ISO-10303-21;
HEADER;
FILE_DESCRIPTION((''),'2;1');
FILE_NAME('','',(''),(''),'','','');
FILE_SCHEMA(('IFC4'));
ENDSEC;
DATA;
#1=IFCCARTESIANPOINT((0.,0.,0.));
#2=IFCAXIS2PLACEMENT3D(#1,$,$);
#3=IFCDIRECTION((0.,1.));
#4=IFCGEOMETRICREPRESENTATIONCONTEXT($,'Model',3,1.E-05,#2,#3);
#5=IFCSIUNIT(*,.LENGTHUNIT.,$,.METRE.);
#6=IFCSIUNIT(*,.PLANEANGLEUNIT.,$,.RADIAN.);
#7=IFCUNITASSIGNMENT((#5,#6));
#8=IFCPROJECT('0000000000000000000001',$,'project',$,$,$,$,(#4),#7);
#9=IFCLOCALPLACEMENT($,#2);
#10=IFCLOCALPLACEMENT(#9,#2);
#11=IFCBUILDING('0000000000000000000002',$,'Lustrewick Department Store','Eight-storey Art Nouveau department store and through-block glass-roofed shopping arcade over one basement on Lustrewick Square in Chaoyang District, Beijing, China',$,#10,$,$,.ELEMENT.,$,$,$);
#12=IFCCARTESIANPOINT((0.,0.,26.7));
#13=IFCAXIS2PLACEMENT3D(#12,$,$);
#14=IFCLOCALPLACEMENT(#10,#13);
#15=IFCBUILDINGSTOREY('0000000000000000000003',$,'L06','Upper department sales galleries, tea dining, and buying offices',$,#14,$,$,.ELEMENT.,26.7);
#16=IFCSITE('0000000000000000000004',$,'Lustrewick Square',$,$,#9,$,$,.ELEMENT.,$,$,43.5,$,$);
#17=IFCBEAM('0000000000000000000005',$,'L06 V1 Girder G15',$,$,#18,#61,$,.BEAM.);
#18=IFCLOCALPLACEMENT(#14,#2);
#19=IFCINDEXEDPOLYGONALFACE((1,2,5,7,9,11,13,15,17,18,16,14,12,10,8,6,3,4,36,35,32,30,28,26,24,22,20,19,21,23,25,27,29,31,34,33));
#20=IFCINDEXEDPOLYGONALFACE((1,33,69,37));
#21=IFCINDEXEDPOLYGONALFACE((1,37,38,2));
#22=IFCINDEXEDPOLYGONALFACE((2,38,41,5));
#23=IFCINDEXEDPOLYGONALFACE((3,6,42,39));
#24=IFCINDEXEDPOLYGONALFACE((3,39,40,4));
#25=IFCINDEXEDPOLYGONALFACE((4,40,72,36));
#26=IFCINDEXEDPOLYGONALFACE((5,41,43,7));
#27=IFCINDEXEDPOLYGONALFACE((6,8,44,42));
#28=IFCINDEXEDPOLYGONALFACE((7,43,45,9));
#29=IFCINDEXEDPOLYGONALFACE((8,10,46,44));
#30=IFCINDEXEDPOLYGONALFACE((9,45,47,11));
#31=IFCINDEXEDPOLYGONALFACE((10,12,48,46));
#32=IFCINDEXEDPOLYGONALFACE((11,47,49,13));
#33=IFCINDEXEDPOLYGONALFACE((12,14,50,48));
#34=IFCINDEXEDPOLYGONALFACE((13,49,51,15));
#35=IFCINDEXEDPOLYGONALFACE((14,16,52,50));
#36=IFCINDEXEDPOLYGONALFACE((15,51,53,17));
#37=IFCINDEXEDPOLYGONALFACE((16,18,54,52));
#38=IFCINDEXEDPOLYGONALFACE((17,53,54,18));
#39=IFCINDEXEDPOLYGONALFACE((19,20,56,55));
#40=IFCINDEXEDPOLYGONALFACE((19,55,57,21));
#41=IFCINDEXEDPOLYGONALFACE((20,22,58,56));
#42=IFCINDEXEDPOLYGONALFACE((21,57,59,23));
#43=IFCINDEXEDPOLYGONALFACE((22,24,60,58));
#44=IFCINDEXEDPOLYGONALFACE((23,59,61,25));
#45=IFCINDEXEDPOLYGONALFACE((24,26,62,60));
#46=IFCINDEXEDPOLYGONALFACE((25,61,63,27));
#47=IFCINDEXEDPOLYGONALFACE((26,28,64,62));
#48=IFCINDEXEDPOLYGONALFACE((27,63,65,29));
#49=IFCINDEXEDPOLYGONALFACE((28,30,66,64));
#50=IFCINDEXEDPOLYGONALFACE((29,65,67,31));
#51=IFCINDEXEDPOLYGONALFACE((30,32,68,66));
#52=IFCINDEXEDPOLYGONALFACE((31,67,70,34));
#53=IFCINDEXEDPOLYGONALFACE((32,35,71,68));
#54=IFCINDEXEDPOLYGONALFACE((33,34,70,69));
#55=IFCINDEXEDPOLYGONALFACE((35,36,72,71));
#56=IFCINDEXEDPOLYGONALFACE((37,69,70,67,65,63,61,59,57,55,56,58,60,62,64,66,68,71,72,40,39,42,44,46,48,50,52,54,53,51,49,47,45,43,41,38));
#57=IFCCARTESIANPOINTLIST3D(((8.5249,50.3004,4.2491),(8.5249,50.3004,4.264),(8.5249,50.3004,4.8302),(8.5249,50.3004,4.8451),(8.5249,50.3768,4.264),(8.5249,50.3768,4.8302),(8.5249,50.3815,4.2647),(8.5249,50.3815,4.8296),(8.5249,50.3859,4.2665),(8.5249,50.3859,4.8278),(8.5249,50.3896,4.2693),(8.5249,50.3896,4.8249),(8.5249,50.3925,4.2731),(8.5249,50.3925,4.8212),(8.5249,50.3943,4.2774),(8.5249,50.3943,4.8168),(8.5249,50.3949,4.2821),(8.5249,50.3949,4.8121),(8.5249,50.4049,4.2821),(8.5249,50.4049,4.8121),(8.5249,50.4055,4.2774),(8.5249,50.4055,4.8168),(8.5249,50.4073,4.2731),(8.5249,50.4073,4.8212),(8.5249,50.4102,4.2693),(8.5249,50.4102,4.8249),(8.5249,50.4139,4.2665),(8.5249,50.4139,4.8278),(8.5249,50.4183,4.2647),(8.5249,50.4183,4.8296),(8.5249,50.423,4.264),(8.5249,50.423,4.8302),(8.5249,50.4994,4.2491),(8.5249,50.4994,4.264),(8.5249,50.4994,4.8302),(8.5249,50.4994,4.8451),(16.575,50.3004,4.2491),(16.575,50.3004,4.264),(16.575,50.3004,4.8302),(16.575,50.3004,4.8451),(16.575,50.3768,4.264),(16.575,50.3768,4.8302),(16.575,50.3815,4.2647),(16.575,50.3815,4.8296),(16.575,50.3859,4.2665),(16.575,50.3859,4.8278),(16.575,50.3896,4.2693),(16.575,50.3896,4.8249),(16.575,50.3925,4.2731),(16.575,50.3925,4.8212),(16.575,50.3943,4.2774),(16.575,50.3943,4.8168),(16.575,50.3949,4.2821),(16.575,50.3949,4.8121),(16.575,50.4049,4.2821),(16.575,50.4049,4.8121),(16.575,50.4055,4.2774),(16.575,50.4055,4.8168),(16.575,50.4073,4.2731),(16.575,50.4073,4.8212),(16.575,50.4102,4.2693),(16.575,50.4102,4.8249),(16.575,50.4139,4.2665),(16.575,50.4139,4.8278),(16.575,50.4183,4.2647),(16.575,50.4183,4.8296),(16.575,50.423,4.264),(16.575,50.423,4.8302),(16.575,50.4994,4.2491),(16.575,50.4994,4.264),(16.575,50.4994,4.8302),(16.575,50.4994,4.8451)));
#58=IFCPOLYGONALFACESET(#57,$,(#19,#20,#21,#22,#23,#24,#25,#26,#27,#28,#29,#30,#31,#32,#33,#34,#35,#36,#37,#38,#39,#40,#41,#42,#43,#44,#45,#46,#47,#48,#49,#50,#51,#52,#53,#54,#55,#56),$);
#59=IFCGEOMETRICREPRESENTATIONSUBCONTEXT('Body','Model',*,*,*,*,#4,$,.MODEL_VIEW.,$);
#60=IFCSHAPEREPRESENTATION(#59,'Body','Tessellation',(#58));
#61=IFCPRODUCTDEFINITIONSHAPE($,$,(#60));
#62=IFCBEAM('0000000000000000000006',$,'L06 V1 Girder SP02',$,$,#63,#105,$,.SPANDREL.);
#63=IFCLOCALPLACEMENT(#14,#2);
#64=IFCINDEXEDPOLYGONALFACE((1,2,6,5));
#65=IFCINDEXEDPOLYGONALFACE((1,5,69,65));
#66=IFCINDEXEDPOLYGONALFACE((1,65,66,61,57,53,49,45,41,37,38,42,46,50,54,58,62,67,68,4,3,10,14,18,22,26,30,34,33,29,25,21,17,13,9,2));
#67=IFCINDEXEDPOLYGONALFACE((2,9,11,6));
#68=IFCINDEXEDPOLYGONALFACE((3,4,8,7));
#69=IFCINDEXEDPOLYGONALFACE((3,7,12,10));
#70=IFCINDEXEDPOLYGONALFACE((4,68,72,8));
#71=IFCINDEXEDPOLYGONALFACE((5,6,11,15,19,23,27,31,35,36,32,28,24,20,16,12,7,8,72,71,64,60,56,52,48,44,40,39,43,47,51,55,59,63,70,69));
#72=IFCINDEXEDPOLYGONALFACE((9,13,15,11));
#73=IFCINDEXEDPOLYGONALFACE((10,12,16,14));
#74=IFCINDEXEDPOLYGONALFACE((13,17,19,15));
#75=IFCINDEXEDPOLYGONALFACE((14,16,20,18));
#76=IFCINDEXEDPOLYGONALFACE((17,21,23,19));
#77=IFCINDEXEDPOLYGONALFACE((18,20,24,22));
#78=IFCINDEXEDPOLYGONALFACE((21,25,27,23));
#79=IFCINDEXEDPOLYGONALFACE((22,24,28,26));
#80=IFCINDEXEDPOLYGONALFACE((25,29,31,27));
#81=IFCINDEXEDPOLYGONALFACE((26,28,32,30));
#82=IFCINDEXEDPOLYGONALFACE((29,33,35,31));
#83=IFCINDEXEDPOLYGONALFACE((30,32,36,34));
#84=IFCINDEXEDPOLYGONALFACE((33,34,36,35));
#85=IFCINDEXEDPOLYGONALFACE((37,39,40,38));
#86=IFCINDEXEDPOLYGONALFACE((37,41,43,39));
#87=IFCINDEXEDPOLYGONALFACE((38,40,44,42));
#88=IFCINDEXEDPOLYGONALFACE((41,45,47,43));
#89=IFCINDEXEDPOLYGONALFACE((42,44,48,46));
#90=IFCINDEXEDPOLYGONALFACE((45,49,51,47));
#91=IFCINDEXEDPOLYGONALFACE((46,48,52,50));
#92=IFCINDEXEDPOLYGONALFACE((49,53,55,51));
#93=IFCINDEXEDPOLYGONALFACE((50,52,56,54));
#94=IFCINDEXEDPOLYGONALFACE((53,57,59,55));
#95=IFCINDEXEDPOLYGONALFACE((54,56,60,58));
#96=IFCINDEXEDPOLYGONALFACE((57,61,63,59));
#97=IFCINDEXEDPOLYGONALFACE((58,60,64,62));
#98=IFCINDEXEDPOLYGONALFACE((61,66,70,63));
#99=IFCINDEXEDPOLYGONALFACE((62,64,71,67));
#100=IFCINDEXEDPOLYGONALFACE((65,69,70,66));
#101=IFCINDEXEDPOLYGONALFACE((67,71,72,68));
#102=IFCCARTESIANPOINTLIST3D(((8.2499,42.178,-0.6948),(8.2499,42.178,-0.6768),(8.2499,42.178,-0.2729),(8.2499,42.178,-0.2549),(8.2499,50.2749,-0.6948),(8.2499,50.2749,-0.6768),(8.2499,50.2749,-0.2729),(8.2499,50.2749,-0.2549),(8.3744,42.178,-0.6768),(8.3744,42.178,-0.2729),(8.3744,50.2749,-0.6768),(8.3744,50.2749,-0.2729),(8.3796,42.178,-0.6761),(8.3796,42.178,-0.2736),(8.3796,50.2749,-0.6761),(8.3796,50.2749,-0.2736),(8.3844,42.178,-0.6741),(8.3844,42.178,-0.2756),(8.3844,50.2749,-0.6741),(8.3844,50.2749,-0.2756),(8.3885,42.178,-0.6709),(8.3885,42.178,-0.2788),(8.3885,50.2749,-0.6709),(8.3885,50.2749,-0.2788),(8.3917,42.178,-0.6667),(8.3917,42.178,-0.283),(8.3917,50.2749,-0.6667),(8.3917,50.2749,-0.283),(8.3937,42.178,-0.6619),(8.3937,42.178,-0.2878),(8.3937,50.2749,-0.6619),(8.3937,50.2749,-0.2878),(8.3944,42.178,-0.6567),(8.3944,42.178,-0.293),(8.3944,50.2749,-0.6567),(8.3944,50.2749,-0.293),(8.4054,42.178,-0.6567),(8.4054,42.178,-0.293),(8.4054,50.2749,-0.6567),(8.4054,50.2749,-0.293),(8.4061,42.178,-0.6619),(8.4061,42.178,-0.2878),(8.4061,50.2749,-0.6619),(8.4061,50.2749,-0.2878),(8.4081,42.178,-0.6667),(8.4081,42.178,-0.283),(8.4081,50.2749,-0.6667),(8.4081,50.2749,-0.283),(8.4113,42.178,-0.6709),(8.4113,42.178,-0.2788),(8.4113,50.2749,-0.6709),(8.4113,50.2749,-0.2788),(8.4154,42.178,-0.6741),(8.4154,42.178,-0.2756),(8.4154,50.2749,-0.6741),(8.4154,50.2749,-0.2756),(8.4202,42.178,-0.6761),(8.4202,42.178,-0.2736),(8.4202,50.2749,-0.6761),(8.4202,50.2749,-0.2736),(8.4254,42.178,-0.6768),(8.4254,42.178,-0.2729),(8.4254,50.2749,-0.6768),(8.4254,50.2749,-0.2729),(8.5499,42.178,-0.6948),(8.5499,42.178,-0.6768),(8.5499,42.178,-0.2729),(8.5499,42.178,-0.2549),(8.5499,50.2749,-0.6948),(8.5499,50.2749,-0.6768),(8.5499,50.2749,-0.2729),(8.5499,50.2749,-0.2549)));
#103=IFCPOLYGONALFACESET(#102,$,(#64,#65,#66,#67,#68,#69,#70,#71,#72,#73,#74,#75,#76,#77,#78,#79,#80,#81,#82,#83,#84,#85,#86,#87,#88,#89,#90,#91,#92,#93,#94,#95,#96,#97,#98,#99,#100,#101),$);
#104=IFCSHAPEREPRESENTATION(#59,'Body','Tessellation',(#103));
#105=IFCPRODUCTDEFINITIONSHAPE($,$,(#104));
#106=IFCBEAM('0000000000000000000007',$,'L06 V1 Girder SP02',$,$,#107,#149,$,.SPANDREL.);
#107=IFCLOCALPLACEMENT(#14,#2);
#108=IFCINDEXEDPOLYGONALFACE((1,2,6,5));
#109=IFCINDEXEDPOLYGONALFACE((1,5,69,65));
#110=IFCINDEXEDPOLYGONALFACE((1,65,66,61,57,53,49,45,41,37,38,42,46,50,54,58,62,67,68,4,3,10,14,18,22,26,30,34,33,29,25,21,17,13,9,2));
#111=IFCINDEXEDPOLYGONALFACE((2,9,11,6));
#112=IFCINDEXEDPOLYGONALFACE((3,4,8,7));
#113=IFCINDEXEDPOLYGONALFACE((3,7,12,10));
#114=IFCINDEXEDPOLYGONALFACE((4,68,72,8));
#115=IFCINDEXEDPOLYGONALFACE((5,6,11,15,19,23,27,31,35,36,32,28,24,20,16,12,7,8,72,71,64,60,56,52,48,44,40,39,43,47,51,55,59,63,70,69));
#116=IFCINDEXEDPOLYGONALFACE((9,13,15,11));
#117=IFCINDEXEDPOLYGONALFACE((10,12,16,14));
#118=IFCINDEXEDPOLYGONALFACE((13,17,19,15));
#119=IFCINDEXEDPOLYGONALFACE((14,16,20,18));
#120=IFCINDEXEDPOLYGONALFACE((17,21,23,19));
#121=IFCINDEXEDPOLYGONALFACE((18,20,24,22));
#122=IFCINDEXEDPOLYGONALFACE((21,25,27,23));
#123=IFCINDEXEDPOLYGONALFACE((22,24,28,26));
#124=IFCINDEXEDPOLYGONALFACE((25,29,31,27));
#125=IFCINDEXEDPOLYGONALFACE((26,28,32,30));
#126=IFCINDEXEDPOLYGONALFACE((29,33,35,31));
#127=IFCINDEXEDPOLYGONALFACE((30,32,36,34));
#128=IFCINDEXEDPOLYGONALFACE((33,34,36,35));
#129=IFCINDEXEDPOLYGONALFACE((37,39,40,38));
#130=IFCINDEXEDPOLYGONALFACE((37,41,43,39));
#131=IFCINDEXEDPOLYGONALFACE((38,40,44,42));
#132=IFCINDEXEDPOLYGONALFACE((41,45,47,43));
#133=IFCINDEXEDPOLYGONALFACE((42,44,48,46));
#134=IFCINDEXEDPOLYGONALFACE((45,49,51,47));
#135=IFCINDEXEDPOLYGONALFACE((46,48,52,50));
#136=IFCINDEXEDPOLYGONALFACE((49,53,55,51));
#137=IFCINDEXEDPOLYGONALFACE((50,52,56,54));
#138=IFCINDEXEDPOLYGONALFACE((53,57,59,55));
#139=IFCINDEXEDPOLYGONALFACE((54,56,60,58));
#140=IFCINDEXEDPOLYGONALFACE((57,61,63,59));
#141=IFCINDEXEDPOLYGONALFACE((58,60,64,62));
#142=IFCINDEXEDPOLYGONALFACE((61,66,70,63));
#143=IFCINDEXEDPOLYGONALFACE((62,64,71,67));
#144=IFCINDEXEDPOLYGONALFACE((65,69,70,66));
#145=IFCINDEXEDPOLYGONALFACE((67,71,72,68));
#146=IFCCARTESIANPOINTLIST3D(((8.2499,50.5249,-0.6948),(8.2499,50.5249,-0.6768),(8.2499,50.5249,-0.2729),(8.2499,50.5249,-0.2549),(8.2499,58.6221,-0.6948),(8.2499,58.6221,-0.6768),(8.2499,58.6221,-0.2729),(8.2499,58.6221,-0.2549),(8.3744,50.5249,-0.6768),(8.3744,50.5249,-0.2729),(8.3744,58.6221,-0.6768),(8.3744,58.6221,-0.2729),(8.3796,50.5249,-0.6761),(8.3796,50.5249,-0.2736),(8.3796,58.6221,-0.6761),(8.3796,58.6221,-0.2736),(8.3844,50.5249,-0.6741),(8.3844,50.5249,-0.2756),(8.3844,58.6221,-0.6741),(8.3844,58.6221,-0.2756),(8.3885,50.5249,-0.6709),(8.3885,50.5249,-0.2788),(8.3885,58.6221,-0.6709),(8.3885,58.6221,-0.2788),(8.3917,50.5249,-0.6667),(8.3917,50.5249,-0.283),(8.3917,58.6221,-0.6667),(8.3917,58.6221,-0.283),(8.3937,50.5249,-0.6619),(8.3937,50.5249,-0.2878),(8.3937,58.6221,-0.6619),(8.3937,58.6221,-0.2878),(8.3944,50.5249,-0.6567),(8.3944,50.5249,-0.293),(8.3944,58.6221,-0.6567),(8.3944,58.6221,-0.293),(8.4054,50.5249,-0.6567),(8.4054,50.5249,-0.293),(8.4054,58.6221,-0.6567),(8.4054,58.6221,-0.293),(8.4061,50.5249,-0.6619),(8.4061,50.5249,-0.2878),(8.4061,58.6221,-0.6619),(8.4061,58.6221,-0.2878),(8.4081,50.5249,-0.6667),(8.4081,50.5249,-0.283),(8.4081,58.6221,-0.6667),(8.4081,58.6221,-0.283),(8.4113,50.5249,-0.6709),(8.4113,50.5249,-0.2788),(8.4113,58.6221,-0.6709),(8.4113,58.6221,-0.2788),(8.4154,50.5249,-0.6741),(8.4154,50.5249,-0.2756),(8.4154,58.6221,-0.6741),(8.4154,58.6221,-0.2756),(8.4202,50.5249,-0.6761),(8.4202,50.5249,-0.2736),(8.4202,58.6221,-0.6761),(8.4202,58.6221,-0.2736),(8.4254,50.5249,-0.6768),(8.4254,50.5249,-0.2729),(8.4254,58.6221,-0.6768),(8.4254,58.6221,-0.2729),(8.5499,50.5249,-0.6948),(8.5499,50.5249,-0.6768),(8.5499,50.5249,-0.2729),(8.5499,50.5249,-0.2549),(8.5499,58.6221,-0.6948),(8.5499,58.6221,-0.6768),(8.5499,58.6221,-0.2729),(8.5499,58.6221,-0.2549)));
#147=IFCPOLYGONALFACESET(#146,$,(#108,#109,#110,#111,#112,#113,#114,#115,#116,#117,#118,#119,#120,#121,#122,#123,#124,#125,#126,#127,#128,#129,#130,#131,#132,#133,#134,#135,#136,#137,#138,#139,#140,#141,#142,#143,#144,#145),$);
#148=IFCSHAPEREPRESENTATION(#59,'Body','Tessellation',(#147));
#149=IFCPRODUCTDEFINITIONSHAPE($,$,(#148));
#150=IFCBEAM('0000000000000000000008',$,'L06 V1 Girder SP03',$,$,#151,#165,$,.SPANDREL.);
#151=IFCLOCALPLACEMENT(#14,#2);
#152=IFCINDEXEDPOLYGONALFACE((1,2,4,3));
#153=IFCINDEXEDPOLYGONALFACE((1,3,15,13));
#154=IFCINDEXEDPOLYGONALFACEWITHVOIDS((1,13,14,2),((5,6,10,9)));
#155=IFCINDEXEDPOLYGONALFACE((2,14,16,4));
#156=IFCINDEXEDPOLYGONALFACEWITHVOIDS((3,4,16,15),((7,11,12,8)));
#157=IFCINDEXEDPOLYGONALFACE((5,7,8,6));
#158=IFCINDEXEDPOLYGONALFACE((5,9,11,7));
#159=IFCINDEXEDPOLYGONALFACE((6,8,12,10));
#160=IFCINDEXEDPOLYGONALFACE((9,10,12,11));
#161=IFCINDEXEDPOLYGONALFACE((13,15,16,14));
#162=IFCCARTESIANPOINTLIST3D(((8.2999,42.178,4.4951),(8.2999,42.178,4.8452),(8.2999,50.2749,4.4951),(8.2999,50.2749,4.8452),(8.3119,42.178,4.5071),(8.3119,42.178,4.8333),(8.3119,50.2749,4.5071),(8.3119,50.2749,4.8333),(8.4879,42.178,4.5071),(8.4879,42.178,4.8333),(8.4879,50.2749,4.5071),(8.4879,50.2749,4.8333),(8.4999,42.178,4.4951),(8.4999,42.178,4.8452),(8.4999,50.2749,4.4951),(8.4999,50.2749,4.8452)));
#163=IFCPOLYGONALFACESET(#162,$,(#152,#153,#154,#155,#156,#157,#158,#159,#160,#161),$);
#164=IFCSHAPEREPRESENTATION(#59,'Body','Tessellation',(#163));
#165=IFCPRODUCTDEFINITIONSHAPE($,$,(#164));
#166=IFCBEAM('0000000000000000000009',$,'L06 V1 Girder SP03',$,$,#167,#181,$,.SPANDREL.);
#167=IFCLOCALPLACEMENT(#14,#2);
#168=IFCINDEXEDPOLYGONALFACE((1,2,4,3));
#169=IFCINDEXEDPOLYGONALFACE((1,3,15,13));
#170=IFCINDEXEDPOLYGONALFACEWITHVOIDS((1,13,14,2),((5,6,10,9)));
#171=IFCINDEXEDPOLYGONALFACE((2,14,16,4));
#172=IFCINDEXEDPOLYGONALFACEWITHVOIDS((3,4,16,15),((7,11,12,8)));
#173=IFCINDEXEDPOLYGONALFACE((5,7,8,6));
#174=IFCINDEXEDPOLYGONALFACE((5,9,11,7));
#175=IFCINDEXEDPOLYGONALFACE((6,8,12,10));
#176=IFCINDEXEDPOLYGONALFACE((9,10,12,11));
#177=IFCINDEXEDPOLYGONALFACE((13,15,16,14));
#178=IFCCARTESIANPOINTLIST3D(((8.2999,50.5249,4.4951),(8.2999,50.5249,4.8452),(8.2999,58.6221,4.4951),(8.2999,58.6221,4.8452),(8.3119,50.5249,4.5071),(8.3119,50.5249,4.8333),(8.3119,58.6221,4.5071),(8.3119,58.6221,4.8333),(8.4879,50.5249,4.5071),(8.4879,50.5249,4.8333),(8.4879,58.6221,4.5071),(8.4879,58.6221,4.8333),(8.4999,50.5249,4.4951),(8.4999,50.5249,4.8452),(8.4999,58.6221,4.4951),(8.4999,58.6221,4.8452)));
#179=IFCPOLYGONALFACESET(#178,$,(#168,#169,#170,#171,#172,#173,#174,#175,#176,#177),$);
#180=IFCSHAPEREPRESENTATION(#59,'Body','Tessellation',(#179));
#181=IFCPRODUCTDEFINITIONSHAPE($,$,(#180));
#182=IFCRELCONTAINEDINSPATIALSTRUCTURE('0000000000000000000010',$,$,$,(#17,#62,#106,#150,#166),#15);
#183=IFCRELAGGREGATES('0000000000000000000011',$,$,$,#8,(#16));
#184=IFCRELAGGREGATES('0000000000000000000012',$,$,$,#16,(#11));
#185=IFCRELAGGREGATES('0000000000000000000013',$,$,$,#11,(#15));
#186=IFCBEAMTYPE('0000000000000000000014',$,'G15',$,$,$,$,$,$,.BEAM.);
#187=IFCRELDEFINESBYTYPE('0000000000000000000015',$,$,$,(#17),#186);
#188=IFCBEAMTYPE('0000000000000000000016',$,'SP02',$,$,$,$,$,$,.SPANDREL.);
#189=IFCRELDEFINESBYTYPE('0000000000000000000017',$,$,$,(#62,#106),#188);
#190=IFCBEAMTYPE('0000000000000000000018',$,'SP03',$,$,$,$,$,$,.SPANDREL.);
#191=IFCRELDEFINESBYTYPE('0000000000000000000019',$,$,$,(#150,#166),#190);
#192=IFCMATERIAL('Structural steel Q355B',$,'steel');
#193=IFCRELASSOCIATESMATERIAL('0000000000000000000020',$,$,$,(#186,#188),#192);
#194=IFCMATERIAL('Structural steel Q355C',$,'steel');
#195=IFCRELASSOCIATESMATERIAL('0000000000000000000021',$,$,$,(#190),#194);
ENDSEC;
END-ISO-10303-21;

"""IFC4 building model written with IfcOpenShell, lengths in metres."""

from ifc_helpers import new_model, si_unit, direction, frame, origin, origin_2d, place, context, subcontext, project, spatial, hollow_rectangle, i_section, extrude, material, material_profile, profile_set, type_object, element, save


model = new_model("IFC4")

# Units and contexts
model_context = context("Model", 3, precision=1e-05, world=origin(), true_north=direction((0.0, 1.0)))
body_context = subcontext(model_context, "Body", "Model", "MODEL_VIEW")
ifc_project = project(units=[si_unit("LENGTHUNIT", "METRE"), si_unit("PLANEANGLEUNIT", "RADIAN")], contexts=[model_context])

# Site, building, storey
site_placement = place(None, origin())
site = spatial("IfcSite", under=ifc_project, at=site_placement, Name="Lustrewick Square", CompositionType="ELEMENT", RefElevation=43.5)
building_placement = place(site_placement, origin())
building = spatial("IfcBuilding", under=site, at=building_placement, Name="Lustrewick Department Store", Description="Eight-storey Art Nouveau department store and through-block glass-roofed shopping arcade over one basement on Lustrewick Square in Chaoyang District, Beijing, China", CompositionType="ELEMENT")
storey_placement = place(building_placement, frame((0.0, 0.0, 26.7)))
storey = spatial("IfcBuildingStorey", under=building, at=storey_placement, Name="L06", Description="Upper department sales galleries, tea dining, and buying offices", CompositionType="ELEMENT", Elevation=26.7)

# Shared definitions
ifc_material_1 = material(Name="Structural steel Q355B", Category="steel")

# Beams
ifc_material_2 = material(Name="Structural steel Q355C", Category="steel")
ifc_material_profile_1 = material_profile(ifc_material_1, i_section(OverallWidth=0.199, OverallDepth=0.5959, WebThickness=0.01, FlangeThickness=0.0149, FilletRadius=0.0181, at=origin_2d()), Name="HN 596x199x10x15")
ifc_profile_set_1 = profile_set([ifc_material_profile_1], Name="Structural steel Q355B")
beam_type_1 = type_object("IfcBeamType", Name="G15", PredefinedType="BEAM", material=ifc_profile_set_1)
beam_1_placement = place(storey_placement, frame((8.5249, 50.3999, 4.5471), z_axis=(1.0, 0.0, 0.0), x_axis=(0.0, 1.0, 0.0)))
element("IfcBeam", 1, at=beam_1_placement, inside=storey, type_object=beam_type_1, Name="L06 V1 Girder G15", PredefinedType="BEAM", context=body_context, shape_type="SweptSolid", body=[
    extrude(i_section(OverallWidth=0.199, OverallDepth=0.5959, WebThickness=0.01, FlangeThickness=0.0149, FilletRadius=0.0181, at=origin_2d()), origin(), (0.0, 0.0, 1.0), 8.05),
])
ifc_material_profile_2 = material_profile(ifc_material_1, i_section(OverallWidth=0.3, OverallDepth=0.4399, WebThickness=0.011, FlangeThickness=0.0181, FilletRadius=0.02, at=origin_2d()), Name="HM 440x300x11x18")
ifc_profile_set_2 = profile_set([ifc_material_profile_2], Name="Structural steel Q355B")
beam_type_2 = type_object("IfcBeamType", Name="SP02", PredefinedType="SPANDREL", material=ifc_profile_set_2)
beam_2_placement = place(storey_placement, frame((8.3999, 42.178, -0.4749), z_axis=(0.0, 1.0, 0.0), x_axis=(-1.0, 0.0, 0.0)))
element("IfcBeam", 2, at=beam_2_placement, inside=storey, type_object=beam_type_2, Name="L06 V1 Girder SP02", PredefinedType="SPANDREL", context=body_context, shape_type="SweptSolid", body=[
    extrude(i_section(OverallWidth=0.3, OverallDepth=0.4399, WebThickness=0.011, FlangeThickness=0.0181, FilletRadius=0.02, at=origin_2d()), origin(), (0.0, 0.0, 1.0), 8.0969),
])
beam_3_placement = place(storey_placement, frame((8.3999, 50.5249, -0.4749), z_axis=(0.0, 1.0, 0.0), x_axis=(-1.0, 0.0, 0.0)))
element("IfcBeam", 3, at=beam_3_placement, inside=storey, type_object=beam_type_2, Name="L06 V1 Girder SP02", PredefinedType="SPANDREL", context=body_context, shape_type="SweptSolid", body=[
    extrude(i_section(OverallWidth=0.3, OverallDepth=0.4399, WebThickness=0.011, FlangeThickness=0.0181, FilletRadius=0.02, at=origin_2d()), origin(), (0.0, 0.0, 1.0), 8.0972),
])
ifc_material_profile_3 = material_profile(ifc_material_2, hollow_rectangle(XDim=0.2, YDim=0.3501, WallThickness=0.012, at=origin_2d()), Name="RHS 350x200x12")
ifc_profile_set_3 = profile_set([ifc_material_profile_3], Name="Structural steel Q355C")
beam_type_3 = type_object("IfcBeamType", Name="SP03", PredefinedType="SPANDREL", material=ifc_profile_set_3)
beam_4_placement = place(storey_placement, frame((8.3999, 42.178, 4.6702), z_axis=(0.0, 1.0, 0.0), x_axis=(-1.0, 0.0, 0.0)))
element("IfcBeam", 4, at=beam_4_placement, inside=storey, type_object=beam_type_3, Name="L06 V1 Girder SP03", PredefinedType="SPANDREL", context=body_context, shape_type="SweptSolid", body=[
    extrude(hollow_rectangle(XDim=0.2, YDim=0.3501, WallThickness=0.012, at=origin_2d()), origin(), (0.0, 0.0, 1.0), 8.0969),
])
beam_5_placement = place(storey_placement, frame((8.3999, 50.5249, 4.6702), z_axis=(0.0, 1.0, 0.0), x_axis=(-1.0, 0.0, 0.0)))
element("IfcBeam", 5, at=beam_5_placement, inside=storey, type_object=beam_type_3, Name="L06 V1 Girder SP03", PredefinedType="SPANDREL", context=body_context, shape_type="SweptSolid", body=[
    extrude(hollow_rectangle(XDim=0.2, YDim=0.3501, WallThickness=0.012, at=origin_2d()), origin(), (0.0, 0.0, 1.0), 8.0972),
])

save(model, "model.ifc")
